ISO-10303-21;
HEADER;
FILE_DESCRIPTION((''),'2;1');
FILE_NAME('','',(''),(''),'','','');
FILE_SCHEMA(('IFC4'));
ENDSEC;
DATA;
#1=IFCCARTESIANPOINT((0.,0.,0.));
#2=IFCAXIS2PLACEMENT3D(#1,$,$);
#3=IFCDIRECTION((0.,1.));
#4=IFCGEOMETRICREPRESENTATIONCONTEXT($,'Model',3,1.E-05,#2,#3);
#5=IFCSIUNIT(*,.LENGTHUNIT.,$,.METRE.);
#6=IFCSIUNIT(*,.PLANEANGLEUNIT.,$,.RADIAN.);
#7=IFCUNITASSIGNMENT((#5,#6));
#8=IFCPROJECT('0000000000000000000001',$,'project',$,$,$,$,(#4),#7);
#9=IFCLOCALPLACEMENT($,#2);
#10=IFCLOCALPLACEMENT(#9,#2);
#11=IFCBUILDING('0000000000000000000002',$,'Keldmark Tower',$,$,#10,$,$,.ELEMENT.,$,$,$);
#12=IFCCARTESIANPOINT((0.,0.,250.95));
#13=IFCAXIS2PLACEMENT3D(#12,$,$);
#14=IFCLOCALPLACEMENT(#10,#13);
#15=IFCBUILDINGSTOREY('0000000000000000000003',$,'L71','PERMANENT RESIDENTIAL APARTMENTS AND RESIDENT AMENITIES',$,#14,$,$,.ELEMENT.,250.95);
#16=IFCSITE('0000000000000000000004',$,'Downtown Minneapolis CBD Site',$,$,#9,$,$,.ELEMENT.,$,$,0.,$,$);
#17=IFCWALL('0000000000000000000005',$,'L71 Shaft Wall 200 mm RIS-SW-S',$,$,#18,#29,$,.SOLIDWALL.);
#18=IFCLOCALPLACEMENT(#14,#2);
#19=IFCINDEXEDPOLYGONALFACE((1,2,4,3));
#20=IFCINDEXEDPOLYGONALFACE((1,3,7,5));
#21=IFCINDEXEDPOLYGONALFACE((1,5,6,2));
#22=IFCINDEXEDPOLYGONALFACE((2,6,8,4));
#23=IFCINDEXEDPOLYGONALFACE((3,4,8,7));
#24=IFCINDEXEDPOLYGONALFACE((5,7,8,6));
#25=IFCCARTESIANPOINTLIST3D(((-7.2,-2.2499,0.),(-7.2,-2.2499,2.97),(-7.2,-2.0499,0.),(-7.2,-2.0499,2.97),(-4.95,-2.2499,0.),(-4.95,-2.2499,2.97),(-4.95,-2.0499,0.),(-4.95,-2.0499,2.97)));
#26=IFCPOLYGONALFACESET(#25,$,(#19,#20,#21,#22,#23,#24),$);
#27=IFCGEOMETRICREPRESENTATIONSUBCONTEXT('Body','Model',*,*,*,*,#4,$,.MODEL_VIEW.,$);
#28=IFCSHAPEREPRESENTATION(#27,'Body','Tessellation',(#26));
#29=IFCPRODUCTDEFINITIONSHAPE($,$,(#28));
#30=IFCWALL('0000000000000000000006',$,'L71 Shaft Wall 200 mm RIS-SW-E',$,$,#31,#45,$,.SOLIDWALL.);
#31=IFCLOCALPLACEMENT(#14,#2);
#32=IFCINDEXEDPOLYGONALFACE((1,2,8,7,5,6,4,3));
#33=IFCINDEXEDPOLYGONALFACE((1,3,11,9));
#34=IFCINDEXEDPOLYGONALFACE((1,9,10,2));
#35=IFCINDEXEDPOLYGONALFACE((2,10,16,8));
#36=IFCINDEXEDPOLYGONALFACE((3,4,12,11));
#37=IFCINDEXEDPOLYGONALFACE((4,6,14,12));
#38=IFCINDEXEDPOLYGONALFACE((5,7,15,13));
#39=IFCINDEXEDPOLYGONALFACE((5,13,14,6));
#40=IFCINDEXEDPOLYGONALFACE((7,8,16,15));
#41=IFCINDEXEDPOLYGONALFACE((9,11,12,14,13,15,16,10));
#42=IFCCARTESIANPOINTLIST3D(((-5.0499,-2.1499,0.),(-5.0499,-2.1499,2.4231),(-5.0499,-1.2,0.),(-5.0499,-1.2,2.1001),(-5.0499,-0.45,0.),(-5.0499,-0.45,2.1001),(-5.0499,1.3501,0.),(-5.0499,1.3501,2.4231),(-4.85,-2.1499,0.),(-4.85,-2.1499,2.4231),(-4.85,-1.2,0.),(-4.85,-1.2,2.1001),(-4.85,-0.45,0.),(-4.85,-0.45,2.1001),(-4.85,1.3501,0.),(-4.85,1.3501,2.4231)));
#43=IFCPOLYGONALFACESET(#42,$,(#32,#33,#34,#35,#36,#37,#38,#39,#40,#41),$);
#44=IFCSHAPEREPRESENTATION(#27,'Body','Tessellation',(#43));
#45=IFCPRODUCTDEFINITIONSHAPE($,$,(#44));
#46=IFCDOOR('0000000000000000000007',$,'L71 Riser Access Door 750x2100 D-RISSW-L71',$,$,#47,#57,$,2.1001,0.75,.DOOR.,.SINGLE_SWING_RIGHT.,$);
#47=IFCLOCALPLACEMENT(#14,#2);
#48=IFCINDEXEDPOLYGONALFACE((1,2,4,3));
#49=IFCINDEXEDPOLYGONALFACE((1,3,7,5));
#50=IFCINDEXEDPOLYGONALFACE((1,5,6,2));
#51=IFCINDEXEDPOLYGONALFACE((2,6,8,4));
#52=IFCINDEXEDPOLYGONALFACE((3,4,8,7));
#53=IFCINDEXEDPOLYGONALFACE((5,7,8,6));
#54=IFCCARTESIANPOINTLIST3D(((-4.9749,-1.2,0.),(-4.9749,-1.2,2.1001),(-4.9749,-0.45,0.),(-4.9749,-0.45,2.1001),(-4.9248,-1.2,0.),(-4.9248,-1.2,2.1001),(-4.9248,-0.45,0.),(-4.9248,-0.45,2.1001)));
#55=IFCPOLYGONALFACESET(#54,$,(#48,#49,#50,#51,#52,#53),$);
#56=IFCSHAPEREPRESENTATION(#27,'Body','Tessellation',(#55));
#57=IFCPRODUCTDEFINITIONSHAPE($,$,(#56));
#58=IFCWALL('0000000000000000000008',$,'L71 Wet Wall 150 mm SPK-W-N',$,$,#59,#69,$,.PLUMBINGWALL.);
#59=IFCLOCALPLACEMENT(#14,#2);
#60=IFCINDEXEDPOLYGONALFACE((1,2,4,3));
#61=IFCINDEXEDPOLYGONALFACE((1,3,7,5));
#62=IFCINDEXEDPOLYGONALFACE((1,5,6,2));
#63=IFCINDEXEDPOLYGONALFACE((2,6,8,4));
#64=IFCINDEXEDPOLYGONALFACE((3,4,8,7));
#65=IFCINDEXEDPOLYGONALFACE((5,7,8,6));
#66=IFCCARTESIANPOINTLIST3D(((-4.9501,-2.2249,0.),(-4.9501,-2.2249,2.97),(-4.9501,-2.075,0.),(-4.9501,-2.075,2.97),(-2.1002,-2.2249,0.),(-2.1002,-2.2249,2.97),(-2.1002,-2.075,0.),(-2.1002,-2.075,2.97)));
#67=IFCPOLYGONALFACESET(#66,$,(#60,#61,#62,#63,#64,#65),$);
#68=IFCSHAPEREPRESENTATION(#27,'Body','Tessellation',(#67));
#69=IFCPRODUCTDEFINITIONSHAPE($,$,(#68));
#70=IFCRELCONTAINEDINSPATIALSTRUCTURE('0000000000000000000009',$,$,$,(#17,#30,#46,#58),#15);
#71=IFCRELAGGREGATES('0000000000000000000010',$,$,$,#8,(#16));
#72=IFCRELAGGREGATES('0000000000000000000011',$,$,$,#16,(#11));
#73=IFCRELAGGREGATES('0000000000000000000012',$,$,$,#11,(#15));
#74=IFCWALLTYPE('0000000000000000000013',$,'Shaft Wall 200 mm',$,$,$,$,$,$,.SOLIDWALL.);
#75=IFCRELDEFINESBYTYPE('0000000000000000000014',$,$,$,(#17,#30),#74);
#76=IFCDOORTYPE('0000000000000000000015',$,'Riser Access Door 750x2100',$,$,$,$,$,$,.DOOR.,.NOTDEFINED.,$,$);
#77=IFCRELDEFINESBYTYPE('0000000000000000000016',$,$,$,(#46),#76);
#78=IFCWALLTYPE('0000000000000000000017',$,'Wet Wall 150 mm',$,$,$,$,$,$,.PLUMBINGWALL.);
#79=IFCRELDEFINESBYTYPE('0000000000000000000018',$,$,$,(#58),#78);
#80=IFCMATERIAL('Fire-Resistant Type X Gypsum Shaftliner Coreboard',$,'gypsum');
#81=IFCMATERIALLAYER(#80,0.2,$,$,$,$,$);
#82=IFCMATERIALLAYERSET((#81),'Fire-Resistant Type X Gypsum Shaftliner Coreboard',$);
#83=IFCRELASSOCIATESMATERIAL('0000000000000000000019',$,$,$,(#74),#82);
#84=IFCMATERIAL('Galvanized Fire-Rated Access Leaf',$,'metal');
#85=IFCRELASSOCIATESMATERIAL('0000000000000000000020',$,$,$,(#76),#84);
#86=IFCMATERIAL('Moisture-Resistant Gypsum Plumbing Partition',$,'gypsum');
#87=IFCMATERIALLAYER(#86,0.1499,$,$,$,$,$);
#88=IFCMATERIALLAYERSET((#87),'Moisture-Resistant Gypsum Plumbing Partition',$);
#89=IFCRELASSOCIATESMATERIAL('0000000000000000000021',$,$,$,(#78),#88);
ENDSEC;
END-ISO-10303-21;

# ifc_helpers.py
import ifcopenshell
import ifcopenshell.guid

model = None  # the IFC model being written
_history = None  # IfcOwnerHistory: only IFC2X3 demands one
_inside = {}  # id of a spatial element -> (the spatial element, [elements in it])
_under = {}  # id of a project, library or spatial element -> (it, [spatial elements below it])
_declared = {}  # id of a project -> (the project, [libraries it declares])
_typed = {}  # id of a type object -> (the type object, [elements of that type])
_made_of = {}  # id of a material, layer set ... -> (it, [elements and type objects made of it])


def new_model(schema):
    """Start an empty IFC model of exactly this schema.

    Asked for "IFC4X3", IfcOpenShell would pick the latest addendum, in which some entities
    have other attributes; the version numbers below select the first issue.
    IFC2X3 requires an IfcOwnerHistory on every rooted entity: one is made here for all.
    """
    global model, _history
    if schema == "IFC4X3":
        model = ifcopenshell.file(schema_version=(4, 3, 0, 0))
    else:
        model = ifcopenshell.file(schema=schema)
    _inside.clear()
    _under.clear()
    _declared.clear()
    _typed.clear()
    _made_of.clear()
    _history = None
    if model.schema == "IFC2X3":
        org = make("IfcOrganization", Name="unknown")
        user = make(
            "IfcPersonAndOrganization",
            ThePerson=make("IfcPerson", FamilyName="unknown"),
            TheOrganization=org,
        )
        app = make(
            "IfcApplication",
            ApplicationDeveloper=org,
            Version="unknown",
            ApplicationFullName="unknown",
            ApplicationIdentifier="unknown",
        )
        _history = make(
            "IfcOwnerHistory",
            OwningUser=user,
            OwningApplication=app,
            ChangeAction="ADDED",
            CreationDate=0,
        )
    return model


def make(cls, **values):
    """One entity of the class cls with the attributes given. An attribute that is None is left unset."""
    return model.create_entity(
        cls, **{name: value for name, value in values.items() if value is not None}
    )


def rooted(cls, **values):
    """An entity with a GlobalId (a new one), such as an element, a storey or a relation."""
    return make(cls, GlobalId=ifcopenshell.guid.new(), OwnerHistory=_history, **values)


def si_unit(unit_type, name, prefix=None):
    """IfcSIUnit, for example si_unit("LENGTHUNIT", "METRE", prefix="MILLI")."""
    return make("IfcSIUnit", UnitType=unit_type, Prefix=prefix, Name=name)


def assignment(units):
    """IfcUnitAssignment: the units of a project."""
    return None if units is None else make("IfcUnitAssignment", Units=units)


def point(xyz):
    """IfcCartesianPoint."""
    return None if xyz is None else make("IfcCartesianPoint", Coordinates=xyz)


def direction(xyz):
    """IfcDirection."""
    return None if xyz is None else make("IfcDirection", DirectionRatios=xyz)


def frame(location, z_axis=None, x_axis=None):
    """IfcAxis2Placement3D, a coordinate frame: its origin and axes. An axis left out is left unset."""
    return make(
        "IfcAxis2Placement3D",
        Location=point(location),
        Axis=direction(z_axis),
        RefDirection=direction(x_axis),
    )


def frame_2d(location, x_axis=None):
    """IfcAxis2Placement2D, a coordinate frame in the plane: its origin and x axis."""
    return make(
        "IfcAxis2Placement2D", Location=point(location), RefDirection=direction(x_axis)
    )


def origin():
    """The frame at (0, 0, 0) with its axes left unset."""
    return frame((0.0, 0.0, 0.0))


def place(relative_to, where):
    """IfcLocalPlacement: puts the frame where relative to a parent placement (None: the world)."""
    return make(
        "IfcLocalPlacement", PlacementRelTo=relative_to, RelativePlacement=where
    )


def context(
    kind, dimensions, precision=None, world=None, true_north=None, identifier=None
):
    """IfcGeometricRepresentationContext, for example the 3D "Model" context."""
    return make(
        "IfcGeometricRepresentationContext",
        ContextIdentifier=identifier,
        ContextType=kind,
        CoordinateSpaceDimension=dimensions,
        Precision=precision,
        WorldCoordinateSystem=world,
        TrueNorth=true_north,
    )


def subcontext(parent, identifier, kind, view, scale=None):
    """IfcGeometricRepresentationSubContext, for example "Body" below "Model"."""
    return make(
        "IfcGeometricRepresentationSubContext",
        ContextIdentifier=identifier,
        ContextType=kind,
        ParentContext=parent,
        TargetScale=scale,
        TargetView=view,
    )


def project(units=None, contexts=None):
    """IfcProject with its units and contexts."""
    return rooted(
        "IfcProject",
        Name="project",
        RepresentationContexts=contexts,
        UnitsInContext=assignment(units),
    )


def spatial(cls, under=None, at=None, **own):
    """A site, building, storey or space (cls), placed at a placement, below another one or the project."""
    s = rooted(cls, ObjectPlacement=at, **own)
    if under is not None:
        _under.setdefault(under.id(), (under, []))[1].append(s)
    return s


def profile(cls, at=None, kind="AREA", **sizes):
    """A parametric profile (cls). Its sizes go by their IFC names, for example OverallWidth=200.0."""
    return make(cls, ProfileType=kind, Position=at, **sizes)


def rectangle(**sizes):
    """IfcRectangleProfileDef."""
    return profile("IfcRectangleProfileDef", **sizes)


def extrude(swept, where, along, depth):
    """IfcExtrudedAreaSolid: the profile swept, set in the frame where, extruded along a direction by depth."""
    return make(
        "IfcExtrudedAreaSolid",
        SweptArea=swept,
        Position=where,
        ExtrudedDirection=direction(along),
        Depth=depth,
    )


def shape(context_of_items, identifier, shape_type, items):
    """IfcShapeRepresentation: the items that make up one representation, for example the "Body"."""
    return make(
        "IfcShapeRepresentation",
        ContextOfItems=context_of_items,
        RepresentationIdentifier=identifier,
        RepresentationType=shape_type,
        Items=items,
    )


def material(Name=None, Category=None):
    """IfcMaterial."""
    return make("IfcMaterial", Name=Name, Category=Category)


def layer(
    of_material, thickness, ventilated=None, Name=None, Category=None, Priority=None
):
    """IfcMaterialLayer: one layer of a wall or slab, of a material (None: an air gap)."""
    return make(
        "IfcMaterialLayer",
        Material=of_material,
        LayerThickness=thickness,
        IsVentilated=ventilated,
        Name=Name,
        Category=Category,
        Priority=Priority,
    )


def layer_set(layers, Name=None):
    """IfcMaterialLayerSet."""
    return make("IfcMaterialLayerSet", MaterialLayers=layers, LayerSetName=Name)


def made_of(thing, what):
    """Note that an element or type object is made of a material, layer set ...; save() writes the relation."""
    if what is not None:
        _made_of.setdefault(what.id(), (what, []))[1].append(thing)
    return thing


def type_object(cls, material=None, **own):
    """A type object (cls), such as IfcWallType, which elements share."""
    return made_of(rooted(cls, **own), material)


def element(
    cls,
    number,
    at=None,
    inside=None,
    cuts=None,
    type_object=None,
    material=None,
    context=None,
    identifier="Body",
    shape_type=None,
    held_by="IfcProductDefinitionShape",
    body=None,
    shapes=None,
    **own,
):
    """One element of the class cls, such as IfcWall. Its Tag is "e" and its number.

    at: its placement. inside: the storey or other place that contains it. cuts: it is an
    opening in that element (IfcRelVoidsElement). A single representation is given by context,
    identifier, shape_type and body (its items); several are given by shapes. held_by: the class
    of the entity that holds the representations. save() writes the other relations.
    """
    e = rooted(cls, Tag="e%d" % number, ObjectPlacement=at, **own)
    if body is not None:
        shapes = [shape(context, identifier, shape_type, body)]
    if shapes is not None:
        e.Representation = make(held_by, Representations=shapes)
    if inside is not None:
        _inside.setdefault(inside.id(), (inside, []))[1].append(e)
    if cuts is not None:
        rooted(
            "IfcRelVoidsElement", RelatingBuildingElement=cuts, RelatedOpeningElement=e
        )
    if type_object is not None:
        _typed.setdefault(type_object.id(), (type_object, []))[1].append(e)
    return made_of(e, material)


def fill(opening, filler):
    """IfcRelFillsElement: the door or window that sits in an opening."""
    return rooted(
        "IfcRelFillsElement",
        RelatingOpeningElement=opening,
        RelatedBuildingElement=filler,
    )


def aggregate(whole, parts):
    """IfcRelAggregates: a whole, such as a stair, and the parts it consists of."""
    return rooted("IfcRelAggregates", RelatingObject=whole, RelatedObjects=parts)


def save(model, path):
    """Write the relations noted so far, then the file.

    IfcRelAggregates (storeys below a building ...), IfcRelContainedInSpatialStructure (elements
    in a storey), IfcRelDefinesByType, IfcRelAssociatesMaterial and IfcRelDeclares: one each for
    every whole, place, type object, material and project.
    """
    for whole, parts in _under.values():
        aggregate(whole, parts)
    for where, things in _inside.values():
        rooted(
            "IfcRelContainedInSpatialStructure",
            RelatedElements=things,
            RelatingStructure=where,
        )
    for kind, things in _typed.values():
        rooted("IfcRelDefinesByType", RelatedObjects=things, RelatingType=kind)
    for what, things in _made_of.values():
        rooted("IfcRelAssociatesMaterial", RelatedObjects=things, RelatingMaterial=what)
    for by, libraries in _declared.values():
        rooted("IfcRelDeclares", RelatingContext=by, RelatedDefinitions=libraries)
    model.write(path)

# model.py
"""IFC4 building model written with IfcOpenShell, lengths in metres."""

from ifc_helpers import new_model, si_unit, direction, frame, frame_2d, origin, place, context, subcontext, project, spatial, rectangle, extrude, material, layer, layer_set, type_object, element, fill, save


model = new_model("IFC4")

# Units and contexts
model_context = context("Model", 3, precision=1e-05, world=origin(), true_north=direction((0.0, 1.0)))
body_context = subcontext(model_context, "Body", "Model", "MODEL_VIEW")
ifc_project = project(units=[si_unit("LENGTHUNIT", "METRE"), si_unit("PLANEANGLEUNIT", "RADIAN")], contexts=[model_context])

# Site, building, storey
site_placement = place(None, origin())
site = spatial("IfcSite", under=ifc_project, at=site_placement, Name="Downtown Minneapolis CBD Site", CompositionType="ELEMENT", RefElevation=0.0)
building_placement = place(site_placement, origin())
building = spatial("IfcBuilding", under=site, at=building_placement, Name="Keldmark Tower", CompositionType="ELEMENT")
storey_placement = place(building_placement, frame((0.0, 0.0, 250.95)))
storey = spatial("IfcBuildingStorey", under=building, at=storey_placement, Name="L71", Description="PERMANENT RESIDENTIAL APARTMENTS AND RESIDENT AMENITIES", CompositionType="ELEMENT", Elevation=250.95)

# Wall
ifc_material_1 = material(Name="Fire-Resistant Type X Gypsum Shaftliner Coreboard", Category="gypsum")
ifc_layer_1 = layer(ifc_material_1, 0.2)
ifc_layer_set_1 = layer_set([ifc_layer_1], Name="Fire-Resistant Type X Gypsum Shaftliner Coreboard")
wall_type_1 = type_object("IfcWallType", Name="Shaft Wall 200 mm", PredefinedType="SOLIDWALL", material=ifc_layer_set_1)
wall_1_placement = place(storey_placement, frame((-7.2, -2.1499, 0.0), z_axis=(0.0, 0.0, 1.0), x_axis=(1.0, 0.0, 0.0)))
element("IfcWall", 1, at=wall_1_placement, inside=storey, type_object=wall_type_1, Name="L71 Shaft Wall 200 mm RIS-SW-S", PredefinedType="SOLIDWALL", context=body_context, shape_type="SweptSolid", body=[
    extrude(rectangle(XDim=2.25, YDim=0.2, at=frame_2d((1.125, 0.0))), origin(), (0.0, 0.0, 1.0), 2.97),
])

# Wall, opening, door
wall_2_placement = place(storey_placement, frame((-4.95, -2.1499, 0.0), z_axis=(0.0, 0.0, 1.0), x_axis=(0.0, 1.0, 0.0)))
wall_2 = element("IfcWall", 2, at=wall_2_placement, inside=storey, type_object=wall_type_1, Name="L71 Shaft Wall 200 mm RIS-SW-E", PredefinedType="SOLIDWALL", context=body_context, shape_type="SweptSolid", body=[
    extrude(rectangle(XDim=3.5, YDim=0.2, at=frame_2d((1.75, 0.0))), origin(), (0.0, 0.0, 1.0), 2.4231),
])
opening_1_placement = place(wall_2_placement, frame((0.95, 0.0, 0.0)))
opening_1 = element("IfcOpeningElement", 3, at=opening_1_placement, cuts=wall_2, PredefinedType="OPENING", context=body_context, shape_type="SweptSolid", body=[
    extrude(rectangle(XDim=0.75, YDim=2.1001, at=frame_2d((0.375, 1.05))), frame((0.0, 0.1099, 0.0), z_axis=(0.0, -1.0, 0.0), x_axis=(1.0, 0.0, 0.0)), (0.0, 0.0, 1.0), 0.22),
])
ifc_material_2 = material(Name="Galvanized Fire-Rated Access Leaf", Category="metal")
door_type_1 = type_object("IfcDoorType", Name="Riser Access Door 750x2100", OperationType="NOTDEFINED", PredefinedType="DOOR", material=ifc_material_2)
door_1_placement = place(opening_1_placement, origin())
door_1 = element("IfcDoor", 4, at=door_1_placement, inside=storey, type_object=door_type_1, Name="L71 Riser Access Door 750x2100 D-RISSW-L71", OperationType="SINGLE_SWING_RIGHT", OverallHeight=2.1001, OverallWidth=0.75, PredefinedType="DOOR", context=body_context, shape_type="SweptSolid", body=[
    extrude(rectangle(XDim=0.75, YDim=2.1001, at=frame_2d((0.375, 1.05))), frame((0.0, 0.0249, 0.0), z_axis=(0.0, -1.0, 0.0), x_axis=(1.0, 0.0, 0.0)), (0.0, 0.0, 1.0), 0.05),
])
fill(opening_1, door_1)

# Wall
ifc_material_3 = material(Name="Moisture-Resistant Gypsum Plumbing Partition", Category="gypsum")
ifc_layer_2 = layer(ifc_material_3, 0.1499)
ifc_layer_set_2 = layer_set([ifc_layer_2], Name="Moisture-Resistant Gypsum Plumbing Partition")
wall_type_2 = type_object("IfcWallType", Name="Wet Wall 150 mm", PredefinedType="PLUMBINGWALL", material=ifc_layer_set_2)
wall_3_placement = place(storey_placement, frame((-4.95, -2.1499, 0.0), z_axis=(0.0, 0.0, 1.0), x_axis=(1.0, 0.0, 0.0)))
element("IfcWall", 5, at=wall_3_placement, inside=storey, type_object=wall_type_2, Name="L71 Wet Wall 150 mm SPK-W-N", PredefinedType="PLUMBINGWALL", context=body_context, shape_type="SweptSolid", body=[
    extrude(rectangle(XDim=2.8499, YDim=0.1499, at=frame_2d((1.4248, 0.0))), origin(), (0.0, 0.0, 1.0), 2.97),
])

save(model, "model.ifc")
